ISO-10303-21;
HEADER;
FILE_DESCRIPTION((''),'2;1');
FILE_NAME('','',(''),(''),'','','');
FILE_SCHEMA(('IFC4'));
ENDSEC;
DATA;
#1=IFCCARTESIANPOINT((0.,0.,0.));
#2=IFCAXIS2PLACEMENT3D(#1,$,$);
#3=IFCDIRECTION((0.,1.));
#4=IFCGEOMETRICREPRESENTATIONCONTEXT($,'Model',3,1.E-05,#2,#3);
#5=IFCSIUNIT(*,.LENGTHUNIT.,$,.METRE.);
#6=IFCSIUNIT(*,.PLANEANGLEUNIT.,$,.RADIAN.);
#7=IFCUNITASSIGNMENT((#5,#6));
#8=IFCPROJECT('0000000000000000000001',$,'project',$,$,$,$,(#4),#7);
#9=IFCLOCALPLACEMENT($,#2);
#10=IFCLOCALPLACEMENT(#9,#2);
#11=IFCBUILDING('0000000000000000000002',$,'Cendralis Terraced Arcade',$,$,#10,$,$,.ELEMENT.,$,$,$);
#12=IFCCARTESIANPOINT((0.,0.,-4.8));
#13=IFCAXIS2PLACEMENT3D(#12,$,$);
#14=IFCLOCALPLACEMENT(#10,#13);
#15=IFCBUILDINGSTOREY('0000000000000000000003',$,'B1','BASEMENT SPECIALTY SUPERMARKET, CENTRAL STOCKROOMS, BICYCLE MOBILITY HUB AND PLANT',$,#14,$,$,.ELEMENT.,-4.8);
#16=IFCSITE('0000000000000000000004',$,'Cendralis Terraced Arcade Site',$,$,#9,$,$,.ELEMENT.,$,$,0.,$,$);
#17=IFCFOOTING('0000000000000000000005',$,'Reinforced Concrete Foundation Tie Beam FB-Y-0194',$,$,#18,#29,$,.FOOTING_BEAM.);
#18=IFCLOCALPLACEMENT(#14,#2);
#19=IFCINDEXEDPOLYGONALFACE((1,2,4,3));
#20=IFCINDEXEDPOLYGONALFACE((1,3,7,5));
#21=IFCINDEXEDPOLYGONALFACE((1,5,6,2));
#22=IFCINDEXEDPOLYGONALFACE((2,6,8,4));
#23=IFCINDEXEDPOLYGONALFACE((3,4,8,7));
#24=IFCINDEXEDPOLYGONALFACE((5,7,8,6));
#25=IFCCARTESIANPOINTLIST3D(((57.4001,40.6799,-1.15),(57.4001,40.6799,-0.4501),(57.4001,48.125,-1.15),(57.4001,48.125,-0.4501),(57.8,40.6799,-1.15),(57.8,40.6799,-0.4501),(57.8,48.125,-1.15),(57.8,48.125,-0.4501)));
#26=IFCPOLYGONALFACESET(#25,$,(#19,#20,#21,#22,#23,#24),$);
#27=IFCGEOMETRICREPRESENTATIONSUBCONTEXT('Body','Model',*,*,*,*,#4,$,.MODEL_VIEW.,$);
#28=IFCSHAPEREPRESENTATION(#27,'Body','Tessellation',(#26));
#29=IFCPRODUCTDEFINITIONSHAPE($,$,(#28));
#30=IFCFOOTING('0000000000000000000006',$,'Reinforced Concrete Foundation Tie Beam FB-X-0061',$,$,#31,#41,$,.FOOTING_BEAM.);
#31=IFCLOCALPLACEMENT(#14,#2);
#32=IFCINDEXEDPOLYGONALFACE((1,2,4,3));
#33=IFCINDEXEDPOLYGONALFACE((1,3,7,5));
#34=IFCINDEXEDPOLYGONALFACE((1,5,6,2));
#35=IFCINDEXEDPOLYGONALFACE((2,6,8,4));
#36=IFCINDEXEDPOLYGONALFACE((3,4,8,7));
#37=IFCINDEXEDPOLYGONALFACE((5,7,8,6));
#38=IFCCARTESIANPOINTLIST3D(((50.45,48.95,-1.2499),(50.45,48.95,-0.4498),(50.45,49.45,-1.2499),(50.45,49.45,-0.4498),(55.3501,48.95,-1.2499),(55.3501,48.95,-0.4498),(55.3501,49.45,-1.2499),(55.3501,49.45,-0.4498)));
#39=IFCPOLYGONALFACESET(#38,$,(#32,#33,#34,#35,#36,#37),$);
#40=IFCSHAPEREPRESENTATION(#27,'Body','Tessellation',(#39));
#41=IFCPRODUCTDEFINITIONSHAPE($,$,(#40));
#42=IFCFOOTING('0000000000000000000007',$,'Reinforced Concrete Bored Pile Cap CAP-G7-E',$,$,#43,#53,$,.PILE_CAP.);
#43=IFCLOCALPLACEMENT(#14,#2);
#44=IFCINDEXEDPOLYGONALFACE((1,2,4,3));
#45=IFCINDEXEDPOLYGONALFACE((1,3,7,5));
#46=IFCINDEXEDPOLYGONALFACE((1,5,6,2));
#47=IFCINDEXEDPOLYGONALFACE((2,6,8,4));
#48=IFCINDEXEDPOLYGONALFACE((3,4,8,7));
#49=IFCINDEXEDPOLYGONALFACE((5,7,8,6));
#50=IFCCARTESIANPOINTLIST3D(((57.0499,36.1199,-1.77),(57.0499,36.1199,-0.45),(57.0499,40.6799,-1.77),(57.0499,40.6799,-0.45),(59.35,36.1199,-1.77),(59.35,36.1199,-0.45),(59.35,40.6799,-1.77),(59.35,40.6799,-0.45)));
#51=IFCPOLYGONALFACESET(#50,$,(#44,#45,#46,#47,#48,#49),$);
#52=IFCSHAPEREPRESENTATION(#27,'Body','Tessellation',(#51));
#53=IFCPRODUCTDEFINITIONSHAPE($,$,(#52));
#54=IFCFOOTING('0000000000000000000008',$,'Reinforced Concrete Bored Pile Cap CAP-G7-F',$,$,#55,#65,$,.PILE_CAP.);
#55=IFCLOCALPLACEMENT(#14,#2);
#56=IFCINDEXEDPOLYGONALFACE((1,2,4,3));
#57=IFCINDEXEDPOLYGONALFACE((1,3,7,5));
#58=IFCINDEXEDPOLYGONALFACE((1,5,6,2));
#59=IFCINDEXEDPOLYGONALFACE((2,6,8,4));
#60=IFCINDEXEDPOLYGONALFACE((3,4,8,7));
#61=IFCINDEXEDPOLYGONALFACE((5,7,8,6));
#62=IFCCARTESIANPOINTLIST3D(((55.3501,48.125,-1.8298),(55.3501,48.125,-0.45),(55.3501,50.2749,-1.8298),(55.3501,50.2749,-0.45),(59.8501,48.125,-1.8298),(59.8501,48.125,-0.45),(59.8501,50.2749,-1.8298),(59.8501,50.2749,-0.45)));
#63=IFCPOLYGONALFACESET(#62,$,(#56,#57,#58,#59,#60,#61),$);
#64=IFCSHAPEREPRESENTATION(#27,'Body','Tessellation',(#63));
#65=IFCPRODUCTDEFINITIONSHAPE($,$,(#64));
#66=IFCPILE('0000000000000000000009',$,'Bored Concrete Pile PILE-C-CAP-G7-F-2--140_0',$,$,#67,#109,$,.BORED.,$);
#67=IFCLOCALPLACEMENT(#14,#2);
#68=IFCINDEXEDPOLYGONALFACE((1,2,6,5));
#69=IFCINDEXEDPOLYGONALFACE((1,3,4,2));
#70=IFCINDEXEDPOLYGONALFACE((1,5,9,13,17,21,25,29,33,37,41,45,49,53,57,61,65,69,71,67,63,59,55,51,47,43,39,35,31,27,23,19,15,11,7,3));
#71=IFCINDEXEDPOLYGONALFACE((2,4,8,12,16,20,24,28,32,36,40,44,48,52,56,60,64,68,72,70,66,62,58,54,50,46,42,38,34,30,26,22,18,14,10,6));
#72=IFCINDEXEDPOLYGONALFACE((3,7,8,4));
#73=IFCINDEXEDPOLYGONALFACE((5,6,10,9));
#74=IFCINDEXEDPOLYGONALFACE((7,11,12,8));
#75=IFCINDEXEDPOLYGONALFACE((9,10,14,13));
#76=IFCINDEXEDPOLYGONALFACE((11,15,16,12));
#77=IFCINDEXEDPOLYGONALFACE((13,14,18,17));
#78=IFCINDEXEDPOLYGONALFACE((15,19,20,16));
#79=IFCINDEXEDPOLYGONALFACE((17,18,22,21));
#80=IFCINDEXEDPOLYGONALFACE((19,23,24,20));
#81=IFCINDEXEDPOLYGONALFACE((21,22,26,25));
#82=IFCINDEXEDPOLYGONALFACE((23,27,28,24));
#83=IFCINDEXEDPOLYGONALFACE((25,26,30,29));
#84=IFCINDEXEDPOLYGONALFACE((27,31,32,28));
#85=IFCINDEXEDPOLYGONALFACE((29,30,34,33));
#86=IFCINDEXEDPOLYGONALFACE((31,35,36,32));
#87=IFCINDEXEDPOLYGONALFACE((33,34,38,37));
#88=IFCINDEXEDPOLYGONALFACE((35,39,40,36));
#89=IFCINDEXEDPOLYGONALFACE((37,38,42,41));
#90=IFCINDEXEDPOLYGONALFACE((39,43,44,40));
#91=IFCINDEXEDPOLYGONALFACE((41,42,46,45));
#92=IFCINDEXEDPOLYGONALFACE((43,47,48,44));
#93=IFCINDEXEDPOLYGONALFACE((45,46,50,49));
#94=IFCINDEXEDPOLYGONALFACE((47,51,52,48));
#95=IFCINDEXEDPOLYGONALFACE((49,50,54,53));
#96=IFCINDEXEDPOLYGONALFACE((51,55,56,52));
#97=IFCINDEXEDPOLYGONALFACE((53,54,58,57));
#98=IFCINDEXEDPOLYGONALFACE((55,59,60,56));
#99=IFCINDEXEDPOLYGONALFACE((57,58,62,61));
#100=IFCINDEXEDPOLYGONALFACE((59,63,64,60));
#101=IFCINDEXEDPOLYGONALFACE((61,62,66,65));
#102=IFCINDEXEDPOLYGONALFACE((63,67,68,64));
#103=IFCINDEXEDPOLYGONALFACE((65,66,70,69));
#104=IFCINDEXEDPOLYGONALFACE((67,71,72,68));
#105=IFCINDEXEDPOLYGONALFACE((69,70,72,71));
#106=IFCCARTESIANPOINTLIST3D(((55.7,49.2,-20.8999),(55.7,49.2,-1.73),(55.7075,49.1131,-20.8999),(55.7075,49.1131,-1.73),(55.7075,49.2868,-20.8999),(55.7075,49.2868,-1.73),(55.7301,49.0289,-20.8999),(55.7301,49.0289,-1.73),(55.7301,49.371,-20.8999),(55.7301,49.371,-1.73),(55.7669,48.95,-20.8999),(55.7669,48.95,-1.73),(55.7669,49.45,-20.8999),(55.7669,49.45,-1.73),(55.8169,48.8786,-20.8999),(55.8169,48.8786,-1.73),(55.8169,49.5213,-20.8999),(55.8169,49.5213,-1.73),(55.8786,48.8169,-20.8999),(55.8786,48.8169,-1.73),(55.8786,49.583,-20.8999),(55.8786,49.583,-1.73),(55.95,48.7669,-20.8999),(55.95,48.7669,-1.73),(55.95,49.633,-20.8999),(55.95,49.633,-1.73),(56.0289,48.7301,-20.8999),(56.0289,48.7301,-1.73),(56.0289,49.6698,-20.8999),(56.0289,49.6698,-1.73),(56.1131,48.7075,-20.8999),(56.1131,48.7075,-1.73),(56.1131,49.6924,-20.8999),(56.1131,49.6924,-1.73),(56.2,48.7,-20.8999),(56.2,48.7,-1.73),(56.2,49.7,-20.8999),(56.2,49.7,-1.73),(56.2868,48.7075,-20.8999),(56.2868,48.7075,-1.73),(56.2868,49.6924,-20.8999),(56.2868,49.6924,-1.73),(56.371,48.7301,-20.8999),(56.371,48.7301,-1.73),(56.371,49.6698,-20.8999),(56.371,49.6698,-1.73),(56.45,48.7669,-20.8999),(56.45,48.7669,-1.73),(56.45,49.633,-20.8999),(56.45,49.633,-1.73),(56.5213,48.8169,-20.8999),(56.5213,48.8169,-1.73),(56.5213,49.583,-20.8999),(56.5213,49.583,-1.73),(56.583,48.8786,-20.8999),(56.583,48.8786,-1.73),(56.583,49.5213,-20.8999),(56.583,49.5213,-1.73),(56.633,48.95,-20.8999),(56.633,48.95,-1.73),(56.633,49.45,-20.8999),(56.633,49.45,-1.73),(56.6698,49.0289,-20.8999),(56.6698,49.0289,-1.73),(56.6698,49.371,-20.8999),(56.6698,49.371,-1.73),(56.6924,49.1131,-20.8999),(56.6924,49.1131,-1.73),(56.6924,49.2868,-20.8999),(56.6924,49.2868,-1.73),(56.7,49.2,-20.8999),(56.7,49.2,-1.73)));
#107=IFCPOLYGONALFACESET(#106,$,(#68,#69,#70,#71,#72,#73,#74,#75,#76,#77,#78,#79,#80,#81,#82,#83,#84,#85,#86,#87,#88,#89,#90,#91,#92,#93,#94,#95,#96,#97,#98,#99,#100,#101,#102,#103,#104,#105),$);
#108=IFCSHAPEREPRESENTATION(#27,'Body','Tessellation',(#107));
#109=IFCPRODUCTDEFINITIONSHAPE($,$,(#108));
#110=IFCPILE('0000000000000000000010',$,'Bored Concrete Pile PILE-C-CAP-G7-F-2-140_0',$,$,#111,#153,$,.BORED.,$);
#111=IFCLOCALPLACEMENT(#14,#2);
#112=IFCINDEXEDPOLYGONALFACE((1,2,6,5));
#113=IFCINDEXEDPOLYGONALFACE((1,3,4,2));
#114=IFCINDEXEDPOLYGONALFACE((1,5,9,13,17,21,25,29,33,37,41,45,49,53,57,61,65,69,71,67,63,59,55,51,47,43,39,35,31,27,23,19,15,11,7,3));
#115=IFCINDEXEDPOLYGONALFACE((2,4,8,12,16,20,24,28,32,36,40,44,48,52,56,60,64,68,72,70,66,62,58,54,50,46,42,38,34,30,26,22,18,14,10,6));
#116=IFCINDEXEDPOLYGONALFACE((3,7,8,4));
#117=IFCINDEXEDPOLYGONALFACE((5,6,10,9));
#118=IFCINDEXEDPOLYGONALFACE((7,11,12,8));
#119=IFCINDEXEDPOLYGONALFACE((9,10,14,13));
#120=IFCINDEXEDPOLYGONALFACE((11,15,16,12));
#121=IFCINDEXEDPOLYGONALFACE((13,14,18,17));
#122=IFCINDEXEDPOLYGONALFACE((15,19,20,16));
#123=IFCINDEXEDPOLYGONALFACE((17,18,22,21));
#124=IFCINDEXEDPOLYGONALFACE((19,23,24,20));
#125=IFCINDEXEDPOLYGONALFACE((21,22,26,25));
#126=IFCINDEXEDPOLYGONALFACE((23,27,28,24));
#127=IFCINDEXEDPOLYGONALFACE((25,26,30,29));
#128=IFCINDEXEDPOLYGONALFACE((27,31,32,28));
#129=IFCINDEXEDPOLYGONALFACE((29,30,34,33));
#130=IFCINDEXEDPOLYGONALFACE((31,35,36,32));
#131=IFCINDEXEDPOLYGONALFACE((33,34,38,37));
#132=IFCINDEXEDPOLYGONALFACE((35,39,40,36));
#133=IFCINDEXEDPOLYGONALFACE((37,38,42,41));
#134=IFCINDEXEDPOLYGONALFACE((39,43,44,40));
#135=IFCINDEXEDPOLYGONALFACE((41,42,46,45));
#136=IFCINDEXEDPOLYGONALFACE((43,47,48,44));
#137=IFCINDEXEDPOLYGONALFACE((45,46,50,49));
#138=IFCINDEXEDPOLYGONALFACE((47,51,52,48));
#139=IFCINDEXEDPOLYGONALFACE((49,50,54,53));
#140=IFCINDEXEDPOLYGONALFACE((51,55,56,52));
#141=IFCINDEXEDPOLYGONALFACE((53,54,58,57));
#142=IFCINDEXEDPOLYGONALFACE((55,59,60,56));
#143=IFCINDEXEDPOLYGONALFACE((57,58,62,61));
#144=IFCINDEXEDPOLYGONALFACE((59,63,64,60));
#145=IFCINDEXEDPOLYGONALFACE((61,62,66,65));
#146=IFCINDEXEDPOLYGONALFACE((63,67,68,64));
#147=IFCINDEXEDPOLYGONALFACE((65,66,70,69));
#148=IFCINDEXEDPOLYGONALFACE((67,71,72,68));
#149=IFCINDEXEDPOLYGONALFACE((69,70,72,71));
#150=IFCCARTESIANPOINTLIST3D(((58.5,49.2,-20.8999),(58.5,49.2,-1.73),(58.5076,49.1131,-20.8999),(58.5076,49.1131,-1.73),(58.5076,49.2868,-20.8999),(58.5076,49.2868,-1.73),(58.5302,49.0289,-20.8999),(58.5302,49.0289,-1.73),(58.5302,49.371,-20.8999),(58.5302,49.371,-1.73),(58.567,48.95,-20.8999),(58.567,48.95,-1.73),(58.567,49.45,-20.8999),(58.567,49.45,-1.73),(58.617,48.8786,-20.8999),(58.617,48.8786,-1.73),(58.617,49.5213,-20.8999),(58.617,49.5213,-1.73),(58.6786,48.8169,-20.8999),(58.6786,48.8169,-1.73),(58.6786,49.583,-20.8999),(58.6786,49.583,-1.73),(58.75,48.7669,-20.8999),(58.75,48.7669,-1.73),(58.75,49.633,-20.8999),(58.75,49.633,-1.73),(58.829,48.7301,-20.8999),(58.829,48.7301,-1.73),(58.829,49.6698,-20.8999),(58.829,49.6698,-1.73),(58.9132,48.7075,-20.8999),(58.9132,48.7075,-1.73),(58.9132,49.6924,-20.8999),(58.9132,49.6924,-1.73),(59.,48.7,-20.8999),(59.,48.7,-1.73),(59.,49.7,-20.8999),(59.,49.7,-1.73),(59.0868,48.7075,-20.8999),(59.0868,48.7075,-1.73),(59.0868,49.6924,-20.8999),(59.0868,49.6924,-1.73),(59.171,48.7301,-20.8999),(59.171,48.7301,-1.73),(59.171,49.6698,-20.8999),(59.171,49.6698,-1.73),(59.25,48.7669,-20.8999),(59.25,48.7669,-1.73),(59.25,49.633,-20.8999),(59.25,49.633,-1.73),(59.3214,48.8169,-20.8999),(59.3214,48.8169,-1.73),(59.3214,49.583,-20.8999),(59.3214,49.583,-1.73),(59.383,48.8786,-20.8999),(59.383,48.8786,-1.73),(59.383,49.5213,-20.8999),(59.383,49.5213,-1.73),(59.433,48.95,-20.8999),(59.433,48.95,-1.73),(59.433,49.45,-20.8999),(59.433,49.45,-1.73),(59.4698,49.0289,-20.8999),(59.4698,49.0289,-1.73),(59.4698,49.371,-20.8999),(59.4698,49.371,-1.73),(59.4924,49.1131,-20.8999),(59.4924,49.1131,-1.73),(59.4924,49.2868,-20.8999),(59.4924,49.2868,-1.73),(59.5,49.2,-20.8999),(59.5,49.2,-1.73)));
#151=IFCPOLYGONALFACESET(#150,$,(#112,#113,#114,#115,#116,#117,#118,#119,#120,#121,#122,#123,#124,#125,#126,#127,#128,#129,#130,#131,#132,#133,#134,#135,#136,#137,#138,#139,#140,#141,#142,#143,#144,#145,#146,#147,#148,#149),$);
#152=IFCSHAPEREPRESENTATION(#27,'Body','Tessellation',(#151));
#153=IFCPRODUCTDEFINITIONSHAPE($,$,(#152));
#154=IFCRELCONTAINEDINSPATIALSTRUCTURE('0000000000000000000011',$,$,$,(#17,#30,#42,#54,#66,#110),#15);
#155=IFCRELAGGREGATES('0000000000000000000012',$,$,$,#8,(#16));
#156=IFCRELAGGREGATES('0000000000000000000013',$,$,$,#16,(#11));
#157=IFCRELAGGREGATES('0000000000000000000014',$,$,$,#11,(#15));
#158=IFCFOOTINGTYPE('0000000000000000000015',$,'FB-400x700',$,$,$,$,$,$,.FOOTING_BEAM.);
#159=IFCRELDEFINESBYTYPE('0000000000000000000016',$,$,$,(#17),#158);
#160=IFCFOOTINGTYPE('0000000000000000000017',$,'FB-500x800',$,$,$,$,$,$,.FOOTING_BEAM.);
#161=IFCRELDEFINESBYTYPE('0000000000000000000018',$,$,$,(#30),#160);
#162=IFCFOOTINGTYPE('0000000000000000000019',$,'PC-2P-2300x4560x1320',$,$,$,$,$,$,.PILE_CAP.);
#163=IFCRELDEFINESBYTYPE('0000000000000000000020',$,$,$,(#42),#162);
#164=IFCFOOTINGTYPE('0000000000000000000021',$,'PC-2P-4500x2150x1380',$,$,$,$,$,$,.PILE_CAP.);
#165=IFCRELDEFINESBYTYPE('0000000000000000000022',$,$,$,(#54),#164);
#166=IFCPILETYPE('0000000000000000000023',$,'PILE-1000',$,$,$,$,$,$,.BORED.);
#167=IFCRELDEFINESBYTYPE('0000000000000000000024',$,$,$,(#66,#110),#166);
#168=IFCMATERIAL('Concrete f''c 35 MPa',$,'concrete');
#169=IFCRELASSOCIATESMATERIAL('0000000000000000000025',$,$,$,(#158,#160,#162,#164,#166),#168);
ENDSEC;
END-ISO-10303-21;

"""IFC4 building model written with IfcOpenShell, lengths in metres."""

from ifc_helpers import new_model, si_unit, direction, frame, origin, origin_2d, place, context, subcontext, project, spatial, rectangle, circle, extrude, material, material_profile, profile_set, type_object, element, save


model = new_model("IFC4")

# Units and contexts
model_context = context("Model", 3, precision=1e-05, world=origin(), true_north=direction((0.0, 1.0)))
body_context = subcontext(model_context, "Body", "Model", "MODEL_VIEW")
ifc_project = project(units=[si_unit("LENGTHUNIT", "METRE"), si_unit("PLANEANGLEUNIT", "RADIAN")], contexts=[model_context])

# Site, building, storey
site_placement = place(None, origin())
site = spatial("IfcSite", under=ifc_project, at=site_placement, Name="Cendralis Terraced Arcade Site", CompositionType="ELEMENT", RefElevation=0.0)
building_placement = place(site_placement, origin())
building = spatial("IfcBuilding", under=site, at=building_placement, Name="Cendralis Terraced Arcade", CompositionType="ELEMENT")
storey_placement = place(building_placement, frame((0.0, 0.0, -4.8)))
storey = spatial("IfcBuildingStorey", under=building, at=storey_placement, Name="B1", Description="BASEMENT SPECIALTY SUPERMARKET, CENTRAL STOCKROOMS, BICYCLE MOBILITY HUB AND PLANT", CompositionType="ELEMENT", Elevation=-4.8)

# Footings
ifc_material_1 = material(Name="Concrete f'c 35 MPa", Category="concrete")
ifc_material_profile_1 = material_profile(ifc_material_1, rectangle(XDim=0.3999, YDim=0.7, at=origin_2d()), Name="FB-400x700", Category="LoadBearing")
ifc_profile_set_1 = profile_set([ifc_material_profile_1], Name="Concrete f'c 35 MPa")
footing_type_1 = type_object("IfcFootingType", Name="FB-400x700", PredefinedType="FOOTING_BEAM", material=ifc_profile_set_1)
footing_1_placement = place(storey_placement, frame((57.6001, 40.6799, -0.8), z_axis=(0.0, 1.0, 0.0), x_axis=(-1.0, 0.0, 0.0)))
element("IfcFooting", 1, at=footing_1_placement, inside=storey, type_object=footing_type_1, Name="Reinforced Concrete Foundation Tie Beam FB-Y-0194", PredefinedType="FOOTING_BEAM", context=body_context, shape_type="SweptSolid", body=[
    extrude(rectangle(XDim=0.3999, YDim=0.7, at=origin_2d()), origin(), (0.0, 0.0, 1.0), 7.4451),
])
ifc_material_profile_2 = material_profile(ifc_material_1, rectangle(XDim=0.5, YDim=0.8, at=origin_2d()), Name="FB-500x800", Category="LoadBearing")
ifc_profile_set_2 = profile_set([ifc_material_profile_2], Name="Concrete f'c 35 MPa")
footing_type_2 = type_object("IfcFootingType", Name="FB-500x800", PredefinedType="FOOTING_BEAM", material=ifc_profile_set_2)
footing_2_placement = place(storey_placement, frame((50.45, 49.2, -0.8499), z_axis=(1.0, 0.0, 0.0), x_axis=(0.0, 1.0, 0.0)))
element("IfcFooting", 2, at=footing_2_placement, inside=storey, type_object=footing_type_2, Name="Reinforced Concrete Foundation Tie Beam FB-X-0061", PredefinedType="FOOTING_BEAM", context=body_context, shape_type="SweptSolid", body=[
    extrude(rectangle(XDim=0.5, YDim=0.8, at=origin_2d()), origin(), (0.0, 0.0, 1.0), 4.9001),
])
footing_type_3 = type_object("IfcFootingType", Name="PC-2P-2300x4560x1320", PredefinedType="PILE_CAP", material=ifc_material_1)
footing_3_placement = place(storey_placement, frame((58.2, 38.3999, -1.77), z_axis=(0.0, 0.0, 1.0), x_axis=(1.0, 0.0, 0.0)))
element("IfcFooting", 3, at=footing_3_placement, inside=storey, type_object=footing_type_3, Name="Reinforced Concrete Bored Pile Cap CAP-G7-E", PredefinedType="PILE_CAP", context=body_context, shape_type="SweptSolid", body=[
    extrude(rectangle(XDim=2.3, YDim=4.5601, at=origin_2d()), origin(), (0.0, 0.0, 1.0), 1.3201),
])
footing_type_4 = type_object("IfcFootingType", Name="PC-2P-4500x2150x1380", PredefinedType="PILE_CAP", material=ifc_material_1)
footing_4_placement = place(storey_placement, frame((57.6001, 49.2, -1.8298), z_axis=(0.0, 0.0, 1.0), x_axis=(1.0, 0.0, 0.0)))
element("IfcFooting", 4, at=footing_4_placement, inside=storey, type_object=footing_type_4, Name="Reinforced Concrete Bored Pile Cap CAP-G7-F", PredefinedType="PILE_CAP", context=body_context, shape_type="SweptSolid", body=[
    extrude(rectangle(XDim=4.5, YDim=2.1499, at=origin_2d()), origin(), (0.0, 0.0, 1.0), 1.3799),
])

# Piles
ifc_material_profile_3 = material_profile(ifc_material_1, circle(Radius=0.5, at=origin_2d()), Name="PILE-D1000", Category="LoadBearing")
ifc_profile_set_3 = profile_set([ifc_material_profile_3], Name="Concrete f'c 35 MPa")
pile_type_1 = type_object("IfcPileType", Name="PILE-1000", PredefinedType="BORED", material=ifc_profile_set_3)
for number, where, z_axis, x_axis, name in (
    (5, (56.2, 49.2, -1.73), (0.0, 0.0, -1.0), (1.0, 0.0, 0.0), "Bored Concrete Pile PILE-C-CAP-G7-F-2--140_0"),
    (6, (59.0, 49.2, -1.73), (0.0, 0.0, -1.0), (1.0, 0.0, 0.0), "Bored Concrete Pile PILE-C-CAP-G7-F-2-140_0"),
):
    element("IfcPile", number, at=place(storey_placement, frame(where, z_axis=z_axis, x_axis=x_axis)), inside=storey, type_object=pile_type_1, Name=name, PredefinedType="BORED", context=body_context, shape_type="SweptSolid", body=[
        extrude(circle(Radius=0.5, at=origin_2d()), origin(), (0.0, 0.0, 1.0), 19.1699),
    ])

save(model, "model.ifc")
